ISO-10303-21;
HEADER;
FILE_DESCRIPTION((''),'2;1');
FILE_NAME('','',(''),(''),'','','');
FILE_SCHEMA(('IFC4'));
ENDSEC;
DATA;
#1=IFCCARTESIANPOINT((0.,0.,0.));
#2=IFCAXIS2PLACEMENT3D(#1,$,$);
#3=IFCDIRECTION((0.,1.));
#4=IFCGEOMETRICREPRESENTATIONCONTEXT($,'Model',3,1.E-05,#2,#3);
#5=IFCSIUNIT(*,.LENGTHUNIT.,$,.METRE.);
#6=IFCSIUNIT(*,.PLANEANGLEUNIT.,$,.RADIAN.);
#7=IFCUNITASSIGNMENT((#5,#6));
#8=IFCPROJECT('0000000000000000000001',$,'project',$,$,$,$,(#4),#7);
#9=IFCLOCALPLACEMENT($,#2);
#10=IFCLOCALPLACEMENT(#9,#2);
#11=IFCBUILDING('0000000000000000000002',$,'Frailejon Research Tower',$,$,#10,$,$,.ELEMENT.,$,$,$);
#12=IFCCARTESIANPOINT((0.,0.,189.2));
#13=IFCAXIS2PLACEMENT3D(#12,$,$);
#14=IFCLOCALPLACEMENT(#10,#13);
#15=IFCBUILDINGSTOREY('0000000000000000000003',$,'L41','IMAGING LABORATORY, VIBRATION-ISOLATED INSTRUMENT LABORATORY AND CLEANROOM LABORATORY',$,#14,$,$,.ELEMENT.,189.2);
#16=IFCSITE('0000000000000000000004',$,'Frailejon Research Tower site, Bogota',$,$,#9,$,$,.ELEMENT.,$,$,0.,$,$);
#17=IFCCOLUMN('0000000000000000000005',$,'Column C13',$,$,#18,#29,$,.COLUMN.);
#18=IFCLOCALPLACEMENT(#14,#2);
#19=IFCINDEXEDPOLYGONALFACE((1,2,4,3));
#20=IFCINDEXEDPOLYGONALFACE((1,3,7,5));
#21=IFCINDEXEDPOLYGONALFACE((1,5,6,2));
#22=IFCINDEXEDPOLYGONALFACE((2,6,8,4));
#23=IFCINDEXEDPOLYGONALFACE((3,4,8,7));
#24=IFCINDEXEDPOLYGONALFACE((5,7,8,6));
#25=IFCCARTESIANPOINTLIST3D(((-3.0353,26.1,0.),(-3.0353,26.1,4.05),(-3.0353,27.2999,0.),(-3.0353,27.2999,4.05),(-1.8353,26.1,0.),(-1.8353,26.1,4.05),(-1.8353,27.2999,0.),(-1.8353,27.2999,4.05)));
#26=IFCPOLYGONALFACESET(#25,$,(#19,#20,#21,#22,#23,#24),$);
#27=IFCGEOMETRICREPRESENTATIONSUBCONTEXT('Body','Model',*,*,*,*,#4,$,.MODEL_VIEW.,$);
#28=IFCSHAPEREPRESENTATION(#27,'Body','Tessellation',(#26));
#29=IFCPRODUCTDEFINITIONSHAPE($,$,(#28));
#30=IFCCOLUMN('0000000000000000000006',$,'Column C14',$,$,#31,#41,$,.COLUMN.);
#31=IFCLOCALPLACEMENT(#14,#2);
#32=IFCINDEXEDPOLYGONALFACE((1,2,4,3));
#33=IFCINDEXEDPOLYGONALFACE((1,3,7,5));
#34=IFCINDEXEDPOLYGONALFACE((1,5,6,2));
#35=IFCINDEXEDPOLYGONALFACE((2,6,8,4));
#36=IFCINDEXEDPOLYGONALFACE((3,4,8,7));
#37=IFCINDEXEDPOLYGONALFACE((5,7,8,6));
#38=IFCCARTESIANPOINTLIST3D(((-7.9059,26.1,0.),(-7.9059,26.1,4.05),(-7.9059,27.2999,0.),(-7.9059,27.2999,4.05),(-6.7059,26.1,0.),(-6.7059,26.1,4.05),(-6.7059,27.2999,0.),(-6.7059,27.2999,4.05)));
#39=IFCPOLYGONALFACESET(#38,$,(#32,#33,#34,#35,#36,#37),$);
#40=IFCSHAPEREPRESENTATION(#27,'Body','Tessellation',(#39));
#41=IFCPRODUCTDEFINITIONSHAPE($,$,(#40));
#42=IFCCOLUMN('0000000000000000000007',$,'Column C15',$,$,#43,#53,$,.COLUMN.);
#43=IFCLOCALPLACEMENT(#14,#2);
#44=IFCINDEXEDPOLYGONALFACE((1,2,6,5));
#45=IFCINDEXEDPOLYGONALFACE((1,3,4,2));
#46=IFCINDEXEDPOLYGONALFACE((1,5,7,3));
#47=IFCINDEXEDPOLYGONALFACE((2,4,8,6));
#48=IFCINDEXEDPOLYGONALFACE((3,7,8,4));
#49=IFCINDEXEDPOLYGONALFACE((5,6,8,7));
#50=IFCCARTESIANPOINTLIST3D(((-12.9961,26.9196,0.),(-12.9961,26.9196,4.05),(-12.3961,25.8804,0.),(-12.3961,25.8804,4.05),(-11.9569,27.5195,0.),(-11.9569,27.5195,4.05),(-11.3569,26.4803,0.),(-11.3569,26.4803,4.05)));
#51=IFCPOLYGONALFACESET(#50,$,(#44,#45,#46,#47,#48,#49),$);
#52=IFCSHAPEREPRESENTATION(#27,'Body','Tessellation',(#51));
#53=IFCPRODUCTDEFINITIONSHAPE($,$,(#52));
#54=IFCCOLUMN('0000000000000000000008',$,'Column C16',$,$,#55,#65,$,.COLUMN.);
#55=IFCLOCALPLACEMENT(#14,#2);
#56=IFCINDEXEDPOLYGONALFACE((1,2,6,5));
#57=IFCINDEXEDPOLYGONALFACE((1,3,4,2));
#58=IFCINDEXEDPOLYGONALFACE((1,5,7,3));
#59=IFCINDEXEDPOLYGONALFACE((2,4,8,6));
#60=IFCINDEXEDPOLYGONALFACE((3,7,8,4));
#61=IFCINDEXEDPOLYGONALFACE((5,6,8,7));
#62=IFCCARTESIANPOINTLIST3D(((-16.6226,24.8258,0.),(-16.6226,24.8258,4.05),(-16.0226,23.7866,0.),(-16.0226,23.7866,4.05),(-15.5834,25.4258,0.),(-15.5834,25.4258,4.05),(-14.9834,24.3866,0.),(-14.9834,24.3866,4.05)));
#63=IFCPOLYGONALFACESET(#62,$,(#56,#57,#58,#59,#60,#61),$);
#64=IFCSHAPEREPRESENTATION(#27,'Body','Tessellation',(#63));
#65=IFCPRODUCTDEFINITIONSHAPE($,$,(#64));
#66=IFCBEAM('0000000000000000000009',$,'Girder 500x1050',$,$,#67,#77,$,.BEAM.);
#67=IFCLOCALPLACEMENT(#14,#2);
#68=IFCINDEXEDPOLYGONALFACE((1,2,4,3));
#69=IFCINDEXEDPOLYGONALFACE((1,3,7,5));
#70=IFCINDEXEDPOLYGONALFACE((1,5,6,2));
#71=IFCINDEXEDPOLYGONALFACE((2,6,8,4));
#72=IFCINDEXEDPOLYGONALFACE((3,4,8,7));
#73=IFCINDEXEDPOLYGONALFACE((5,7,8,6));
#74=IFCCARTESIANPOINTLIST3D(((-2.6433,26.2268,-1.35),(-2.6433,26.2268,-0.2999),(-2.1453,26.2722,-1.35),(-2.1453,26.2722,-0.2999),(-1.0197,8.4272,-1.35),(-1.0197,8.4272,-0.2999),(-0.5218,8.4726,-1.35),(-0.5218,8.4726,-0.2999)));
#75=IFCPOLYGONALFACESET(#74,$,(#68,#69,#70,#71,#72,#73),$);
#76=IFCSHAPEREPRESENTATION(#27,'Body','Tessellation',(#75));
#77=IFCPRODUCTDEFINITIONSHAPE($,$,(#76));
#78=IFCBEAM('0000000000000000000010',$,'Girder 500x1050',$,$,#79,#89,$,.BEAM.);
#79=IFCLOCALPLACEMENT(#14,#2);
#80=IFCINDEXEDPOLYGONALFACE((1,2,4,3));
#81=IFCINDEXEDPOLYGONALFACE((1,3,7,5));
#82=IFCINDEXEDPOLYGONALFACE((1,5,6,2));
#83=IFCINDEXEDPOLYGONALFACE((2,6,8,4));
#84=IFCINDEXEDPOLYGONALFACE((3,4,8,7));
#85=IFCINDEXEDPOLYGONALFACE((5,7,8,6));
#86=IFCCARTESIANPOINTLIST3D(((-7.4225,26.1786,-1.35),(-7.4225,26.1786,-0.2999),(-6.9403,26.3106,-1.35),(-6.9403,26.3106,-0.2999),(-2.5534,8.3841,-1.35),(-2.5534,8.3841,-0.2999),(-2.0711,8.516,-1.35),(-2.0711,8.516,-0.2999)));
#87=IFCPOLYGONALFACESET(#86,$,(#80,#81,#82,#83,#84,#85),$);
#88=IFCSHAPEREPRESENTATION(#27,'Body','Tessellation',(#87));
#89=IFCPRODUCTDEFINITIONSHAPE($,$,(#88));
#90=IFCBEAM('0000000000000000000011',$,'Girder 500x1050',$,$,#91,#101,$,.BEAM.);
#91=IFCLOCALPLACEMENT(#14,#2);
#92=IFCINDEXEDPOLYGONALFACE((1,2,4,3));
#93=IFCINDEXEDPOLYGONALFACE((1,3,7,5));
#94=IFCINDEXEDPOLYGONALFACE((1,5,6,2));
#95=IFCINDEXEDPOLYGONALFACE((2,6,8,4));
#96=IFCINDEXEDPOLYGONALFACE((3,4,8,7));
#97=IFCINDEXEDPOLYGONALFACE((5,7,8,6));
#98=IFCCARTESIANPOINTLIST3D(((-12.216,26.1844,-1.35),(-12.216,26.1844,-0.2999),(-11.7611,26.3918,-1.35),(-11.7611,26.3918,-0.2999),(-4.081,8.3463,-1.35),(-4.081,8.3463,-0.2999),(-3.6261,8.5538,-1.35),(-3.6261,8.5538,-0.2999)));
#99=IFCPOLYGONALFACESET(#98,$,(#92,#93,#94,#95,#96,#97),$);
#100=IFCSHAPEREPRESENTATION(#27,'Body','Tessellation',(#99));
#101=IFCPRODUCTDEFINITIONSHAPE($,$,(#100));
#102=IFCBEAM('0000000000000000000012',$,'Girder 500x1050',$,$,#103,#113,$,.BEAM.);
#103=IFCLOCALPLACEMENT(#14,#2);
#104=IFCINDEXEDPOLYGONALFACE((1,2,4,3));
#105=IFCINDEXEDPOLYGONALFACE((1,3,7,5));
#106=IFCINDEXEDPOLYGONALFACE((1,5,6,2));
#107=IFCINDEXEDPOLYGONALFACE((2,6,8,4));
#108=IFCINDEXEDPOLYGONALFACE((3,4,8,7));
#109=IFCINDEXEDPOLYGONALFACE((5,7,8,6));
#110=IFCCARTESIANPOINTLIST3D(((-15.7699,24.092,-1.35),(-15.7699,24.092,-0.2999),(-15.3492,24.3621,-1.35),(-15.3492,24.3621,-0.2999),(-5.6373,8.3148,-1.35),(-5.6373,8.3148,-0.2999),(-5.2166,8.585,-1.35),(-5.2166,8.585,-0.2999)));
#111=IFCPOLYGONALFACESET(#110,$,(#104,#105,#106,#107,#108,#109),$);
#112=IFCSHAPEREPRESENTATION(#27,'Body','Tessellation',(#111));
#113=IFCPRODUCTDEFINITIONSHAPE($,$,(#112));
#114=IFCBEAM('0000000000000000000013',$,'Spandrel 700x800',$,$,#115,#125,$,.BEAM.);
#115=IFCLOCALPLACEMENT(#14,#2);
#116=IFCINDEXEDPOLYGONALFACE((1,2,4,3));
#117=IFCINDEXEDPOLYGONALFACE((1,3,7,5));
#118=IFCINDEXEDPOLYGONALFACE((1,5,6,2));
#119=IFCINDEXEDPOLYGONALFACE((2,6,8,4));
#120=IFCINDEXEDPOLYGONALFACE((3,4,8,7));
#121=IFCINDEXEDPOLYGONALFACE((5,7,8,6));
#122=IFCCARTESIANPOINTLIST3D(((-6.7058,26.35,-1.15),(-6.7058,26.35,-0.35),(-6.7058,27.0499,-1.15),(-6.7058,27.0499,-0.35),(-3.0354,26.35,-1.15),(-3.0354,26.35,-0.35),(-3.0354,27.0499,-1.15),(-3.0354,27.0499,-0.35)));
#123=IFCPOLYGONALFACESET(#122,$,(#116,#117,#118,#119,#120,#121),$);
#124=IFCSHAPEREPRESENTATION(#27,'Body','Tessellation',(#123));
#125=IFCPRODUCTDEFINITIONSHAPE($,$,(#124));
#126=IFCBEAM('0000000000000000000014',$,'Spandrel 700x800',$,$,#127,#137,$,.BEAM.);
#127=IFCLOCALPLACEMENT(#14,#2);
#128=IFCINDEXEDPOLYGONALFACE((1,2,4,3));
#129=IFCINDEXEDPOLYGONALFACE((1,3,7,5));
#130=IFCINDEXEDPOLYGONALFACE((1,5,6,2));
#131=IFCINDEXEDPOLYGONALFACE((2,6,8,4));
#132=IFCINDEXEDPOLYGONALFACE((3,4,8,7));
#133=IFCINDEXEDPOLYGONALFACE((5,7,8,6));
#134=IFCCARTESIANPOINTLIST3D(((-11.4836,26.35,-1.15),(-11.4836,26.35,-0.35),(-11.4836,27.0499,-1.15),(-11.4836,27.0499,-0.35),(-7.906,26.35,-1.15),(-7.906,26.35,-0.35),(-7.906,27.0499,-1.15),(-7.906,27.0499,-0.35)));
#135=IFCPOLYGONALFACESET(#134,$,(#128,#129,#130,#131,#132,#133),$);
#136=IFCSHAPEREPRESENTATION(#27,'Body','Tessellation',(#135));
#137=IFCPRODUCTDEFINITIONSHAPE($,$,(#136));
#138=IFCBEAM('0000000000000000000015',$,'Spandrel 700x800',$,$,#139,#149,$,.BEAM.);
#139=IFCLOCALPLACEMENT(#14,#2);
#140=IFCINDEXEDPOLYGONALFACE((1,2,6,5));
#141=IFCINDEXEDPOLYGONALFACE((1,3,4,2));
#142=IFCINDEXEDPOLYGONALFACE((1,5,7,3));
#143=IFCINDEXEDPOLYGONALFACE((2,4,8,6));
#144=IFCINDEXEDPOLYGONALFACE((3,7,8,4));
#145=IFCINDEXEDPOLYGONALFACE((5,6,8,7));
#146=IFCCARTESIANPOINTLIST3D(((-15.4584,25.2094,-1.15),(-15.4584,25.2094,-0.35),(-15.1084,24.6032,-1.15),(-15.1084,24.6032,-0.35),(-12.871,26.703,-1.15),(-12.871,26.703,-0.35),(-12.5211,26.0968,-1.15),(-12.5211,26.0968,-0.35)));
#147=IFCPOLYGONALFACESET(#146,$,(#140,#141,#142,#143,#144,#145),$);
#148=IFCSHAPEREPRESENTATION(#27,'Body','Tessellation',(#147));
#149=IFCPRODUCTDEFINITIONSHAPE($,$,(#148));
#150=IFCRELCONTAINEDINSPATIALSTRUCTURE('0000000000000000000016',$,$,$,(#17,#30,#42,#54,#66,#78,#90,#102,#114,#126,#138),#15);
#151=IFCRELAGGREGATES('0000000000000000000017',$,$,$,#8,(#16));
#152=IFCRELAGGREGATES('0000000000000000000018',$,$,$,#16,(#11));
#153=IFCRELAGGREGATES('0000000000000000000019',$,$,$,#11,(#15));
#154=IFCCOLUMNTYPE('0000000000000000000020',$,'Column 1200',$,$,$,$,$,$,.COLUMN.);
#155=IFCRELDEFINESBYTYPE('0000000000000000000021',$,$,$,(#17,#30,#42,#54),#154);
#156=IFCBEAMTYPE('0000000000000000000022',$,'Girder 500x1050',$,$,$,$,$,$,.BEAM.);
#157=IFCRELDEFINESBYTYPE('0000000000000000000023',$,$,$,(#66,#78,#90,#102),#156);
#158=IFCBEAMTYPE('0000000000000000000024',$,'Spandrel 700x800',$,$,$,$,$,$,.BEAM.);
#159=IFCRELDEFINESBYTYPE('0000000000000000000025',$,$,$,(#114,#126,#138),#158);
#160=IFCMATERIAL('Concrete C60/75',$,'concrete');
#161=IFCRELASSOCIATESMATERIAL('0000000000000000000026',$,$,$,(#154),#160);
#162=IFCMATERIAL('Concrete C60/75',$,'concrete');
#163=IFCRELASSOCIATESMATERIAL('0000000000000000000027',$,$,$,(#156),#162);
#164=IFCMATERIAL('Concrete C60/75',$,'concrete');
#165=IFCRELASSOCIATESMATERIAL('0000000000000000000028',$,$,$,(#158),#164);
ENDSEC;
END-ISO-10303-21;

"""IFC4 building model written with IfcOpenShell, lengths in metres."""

from ifc_helpers import new_model, si_unit, direction, frame, origin, origin_2d, place, context, subcontext, project, spatial, rectangle, extrude, material, material_profile, profile_set, type_object, element, save


model = new_model("IFC4")

# Units and contexts
model_context = context("Model", 3, precision=1e-05, world=origin(), true_north=direction((0.0, 1.0)))
body_context = subcontext(model_context, "Body", "Model", "MODEL_VIEW")
ifc_project = project(units=[si_unit("LENGTHUNIT", "METRE"), si_unit("PLANEANGLEUNIT", "RADIAN")], contexts=[model_context])

# Site, building, storey
site_placement = place(None, origin())
site = spatial("IfcSite", under=ifc_project, at=site_placement, Name="Frailejon Research Tower site, Bogota", CompositionType="ELEMENT", RefElevation=0.0)
building_placement = place(site_placement, origin())
building = spatial("IfcBuilding", under=site, at=building_placement, Name="Frailejon Research Tower", CompositionType="ELEMENT")
storey_placement = place(building_placement, frame((0.0, 0.0, 189.2)))
storey = spatial("IfcBuildingStorey", under=building, at=storey_placement, Name="L41", Description="IMAGING LABORATORY, VIBRATION-ISOLATED INSTRUMENT LABORATORY AND CLEANROOM LABORATORY", CompositionType="ELEMENT", Elevation=189.2)

# Columns
ifc_material_1 = material(Name="Concrete C60/75", Category="concrete")
ifc_material_profile_1 = material_profile(ifc_material_1, rectangle(XDim=1.2, YDim=1.2, at=origin_2d()), Name="Column 1200")
ifc_profile_set_1 = profile_set([ifc_material_profile_1], Name="Concrete C60/75")
column_type = type_object("IfcColumnType", Name="Column 1200", PredefinedType="COLUMN", material=ifc_profile_set_1)
for number, where, z_axis, x_axis, name in (
    (1, (-2.4353, 26.7, 0.0), (0.0, 0.0, 1.0), (-1.0, 0.0, 0.0), "Column C13"),
    (2, (-7.3059, 26.7, 0.0), (0.0, 0.0, 1.0), (-1.0, 0.0, 0.0), "Column C14"),
    (3, (-12.1765, 26.7, 0.0), (0.0, 0.0, 1.0), (-0.866025, -0.5, 0.0), "Column C15"),
    (4, (-15.803, 24.6062, 0.0), (0.0, 0.0, 1.0), (-0.866025, -0.5, 0.0), "Column C16"),
):
    element("IfcColumn", number, at=place(storey_placement, frame(where, z_axis=z_axis, x_axis=x_axis)), inside=storey, type_object=column_type, Name=name, PredefinedType="COLUMN", context=body_context, shape_type="SweptSolid", body=[
        extrude(rectangle(XDim=1.2, YDim=1.2, at=origin_2d()), origin(), (0.0, 0.0, 1.0), 4.05),
    ])

# Beams
ifc_material_2 = material(Name="Concrete C60/75", Category="concrete")
ifc_material_profile_2 = material_profile(ifc_material_2, rectangle(XDim=0.5, YDim=1.05, at=origin_2d()), Name="Girder 500x1050")
ifc_profile_set_2 = profile_set([ifc_material_profile_2], Name="Concrete C60/75")
beam_type_1 = type_object("IfcBeamType", Name="Girder 500x1050", PredefinedType="BEAM", material=ifc_profile_set_2)
beam_1_placement = place(storey_placement, frame((-2.3943, 26.2495, -0.825), z_axis=(0.090835, -0.995866, 0.0), x_axis=(0.995866, 0.090835, 0.0)))
element("IfcBeam", 5, at=beam_1_placement, inside=storey, type_object=beam_type_1, Name="Girder 500x1050", PredefinedType="BEAM", context=body_context, shape_type="SweptSolid", body=[
    extrude(rectangle(XDim=0.5, YDim=1.05, at=origin_2d()), origin(), (0.0, 0.0, 1.0), 17.8735),
])
beam_2_placement = place(storey_placement, frame((-7.1814, 26.2446, -0.825), z_axis=(0.263927, -0.964543, 0.0), x_axis=(0.964543, 0.263927, 0.0)))
element("IfcBeam", 6, at=beam_2_placement, inside=storey, type_object=beam_type_1, Name="Girder 500x1050", PredefinedType="BEAM", context=body_context, shape_type="SweptSolid", body=[
    extrude(rectangle(XDim=0.5, YDim=1.05, at=origin_2d()), origin(), (0.0, 0.0, 1.0), 18.4487),
])
beam_3_placement = place(storey_placement, frame((-11.9885, 26.2881, -0.825), z_axis=(0.414934, -0.909851, 0.0), x_axis=(0.909851, 0.414934, 0.0)))
element("IfcBeam", 7, at=beam_3_placement, inside=storey, type_object=beam_type_1, Name="Girder 500x1050", PredefinedType="BEAM", context=body_context, shape_type="SweptSolid", body=[
    extrude(rectangle(XDim=0.5, YDim=1.05, at=origin_2d()), origin(), (0.0, 0.0, 1.0), 19.6055),
])
beam_4_placement = place(storey_placement, frame((-15.5596, 24.2271, -0.825), z_axis=(0.540386, -0.841417, 0.0), x_axis=(0.841417, 0.540386, 0.0)))
element("IfcBeam", 8, at=beam_4_placement, inside=storey, type_object=beam_type_1, Name="Girder 500x1050", PredefinedType="BEAM", context=body_context, shape_type="SweptSolid", body=[
    extrude(rectangle(XDim=0.5, YDim=1.05, at=origin_2d()), origin(), (0.0, 0.0, 1.0), 18.7507),
])
ifc_material_3 = material(Name="Concrete C60/75", Category="concrete")
ifc_material_profile_3 = material_profile(ifc_material_3, rectangle(XDim=0.7, YDim=0.8, at=origin_2d()), Name="Spandrel 700x800")
ifc_profile_set_3 = profile_set([ifc_material_profile_3], Name="Concrete C60/75")
beam_type_2 = type_object("IfcBeamType", Name="Spandrel 700x800", PredefinedType="BEAM", material=ifc_profile_set_3)
beam_5_placement = place(storey_placement, frame((-3.0354, 26.7, -0.75), z_axis=(-1.0, 0.0, 0.0), x_axis=(0.0, -1.0, 0.0)))
element("IfcBeam", 9, at=beam_5_placement, inside=storey, type_object=beam_type_2, Name="Spandrel 700x800", PredefinedType="BEAM", context=body_context, shape_type="SweptSolid", body=[
    extrude(rectangle(XDim=0.7, YDim=0.8, at=origin_2d()), origin(), (0.0, 0.0, 1.0), 3.6704),
])
beam_6_placement = place(storey_placement, frame((-7.906, 26.7, -0.75), z_axis=(-1.0, 0.0, 0.0), x_axis=(0.0, -1.0, 0.0)))
element("IfcBeam", 10, at=beam_6_placement, inside=storey, type_object=beam_type_2, Name="Spandrel 700x800", PredefinedType="BEAM", context=body_context, shape_type="SweptSolid", body=[
    extrude(rectangle(XDim=0.7, YDim=0.8, at=origin_2d()), origin(), (0.0, 0.0, 1.0), 3.5776),
])
beam_7_placement = place(storey_placement, frame((-12.696, 26.3999, -0.75), z_axis=(-0.866052, -0.499954, 0.0), x_axis=(0.499954, -0.866052, 0.0)))
element("IfcBeam", 11, at=beam_7_placement, inside=storey, type_object=beam_type_2, Name="Spandrel 700x800", PredefinedType="BEAM", context=body_context, shape_type="SweptSolid", body=[
    extrude(rectangle(XDim=0.7, YDim=0.8, at=origin_2d()), origin(), (0.0, 0.0, 1.0), 2.9875),
])

save(model, "model.ifc")
